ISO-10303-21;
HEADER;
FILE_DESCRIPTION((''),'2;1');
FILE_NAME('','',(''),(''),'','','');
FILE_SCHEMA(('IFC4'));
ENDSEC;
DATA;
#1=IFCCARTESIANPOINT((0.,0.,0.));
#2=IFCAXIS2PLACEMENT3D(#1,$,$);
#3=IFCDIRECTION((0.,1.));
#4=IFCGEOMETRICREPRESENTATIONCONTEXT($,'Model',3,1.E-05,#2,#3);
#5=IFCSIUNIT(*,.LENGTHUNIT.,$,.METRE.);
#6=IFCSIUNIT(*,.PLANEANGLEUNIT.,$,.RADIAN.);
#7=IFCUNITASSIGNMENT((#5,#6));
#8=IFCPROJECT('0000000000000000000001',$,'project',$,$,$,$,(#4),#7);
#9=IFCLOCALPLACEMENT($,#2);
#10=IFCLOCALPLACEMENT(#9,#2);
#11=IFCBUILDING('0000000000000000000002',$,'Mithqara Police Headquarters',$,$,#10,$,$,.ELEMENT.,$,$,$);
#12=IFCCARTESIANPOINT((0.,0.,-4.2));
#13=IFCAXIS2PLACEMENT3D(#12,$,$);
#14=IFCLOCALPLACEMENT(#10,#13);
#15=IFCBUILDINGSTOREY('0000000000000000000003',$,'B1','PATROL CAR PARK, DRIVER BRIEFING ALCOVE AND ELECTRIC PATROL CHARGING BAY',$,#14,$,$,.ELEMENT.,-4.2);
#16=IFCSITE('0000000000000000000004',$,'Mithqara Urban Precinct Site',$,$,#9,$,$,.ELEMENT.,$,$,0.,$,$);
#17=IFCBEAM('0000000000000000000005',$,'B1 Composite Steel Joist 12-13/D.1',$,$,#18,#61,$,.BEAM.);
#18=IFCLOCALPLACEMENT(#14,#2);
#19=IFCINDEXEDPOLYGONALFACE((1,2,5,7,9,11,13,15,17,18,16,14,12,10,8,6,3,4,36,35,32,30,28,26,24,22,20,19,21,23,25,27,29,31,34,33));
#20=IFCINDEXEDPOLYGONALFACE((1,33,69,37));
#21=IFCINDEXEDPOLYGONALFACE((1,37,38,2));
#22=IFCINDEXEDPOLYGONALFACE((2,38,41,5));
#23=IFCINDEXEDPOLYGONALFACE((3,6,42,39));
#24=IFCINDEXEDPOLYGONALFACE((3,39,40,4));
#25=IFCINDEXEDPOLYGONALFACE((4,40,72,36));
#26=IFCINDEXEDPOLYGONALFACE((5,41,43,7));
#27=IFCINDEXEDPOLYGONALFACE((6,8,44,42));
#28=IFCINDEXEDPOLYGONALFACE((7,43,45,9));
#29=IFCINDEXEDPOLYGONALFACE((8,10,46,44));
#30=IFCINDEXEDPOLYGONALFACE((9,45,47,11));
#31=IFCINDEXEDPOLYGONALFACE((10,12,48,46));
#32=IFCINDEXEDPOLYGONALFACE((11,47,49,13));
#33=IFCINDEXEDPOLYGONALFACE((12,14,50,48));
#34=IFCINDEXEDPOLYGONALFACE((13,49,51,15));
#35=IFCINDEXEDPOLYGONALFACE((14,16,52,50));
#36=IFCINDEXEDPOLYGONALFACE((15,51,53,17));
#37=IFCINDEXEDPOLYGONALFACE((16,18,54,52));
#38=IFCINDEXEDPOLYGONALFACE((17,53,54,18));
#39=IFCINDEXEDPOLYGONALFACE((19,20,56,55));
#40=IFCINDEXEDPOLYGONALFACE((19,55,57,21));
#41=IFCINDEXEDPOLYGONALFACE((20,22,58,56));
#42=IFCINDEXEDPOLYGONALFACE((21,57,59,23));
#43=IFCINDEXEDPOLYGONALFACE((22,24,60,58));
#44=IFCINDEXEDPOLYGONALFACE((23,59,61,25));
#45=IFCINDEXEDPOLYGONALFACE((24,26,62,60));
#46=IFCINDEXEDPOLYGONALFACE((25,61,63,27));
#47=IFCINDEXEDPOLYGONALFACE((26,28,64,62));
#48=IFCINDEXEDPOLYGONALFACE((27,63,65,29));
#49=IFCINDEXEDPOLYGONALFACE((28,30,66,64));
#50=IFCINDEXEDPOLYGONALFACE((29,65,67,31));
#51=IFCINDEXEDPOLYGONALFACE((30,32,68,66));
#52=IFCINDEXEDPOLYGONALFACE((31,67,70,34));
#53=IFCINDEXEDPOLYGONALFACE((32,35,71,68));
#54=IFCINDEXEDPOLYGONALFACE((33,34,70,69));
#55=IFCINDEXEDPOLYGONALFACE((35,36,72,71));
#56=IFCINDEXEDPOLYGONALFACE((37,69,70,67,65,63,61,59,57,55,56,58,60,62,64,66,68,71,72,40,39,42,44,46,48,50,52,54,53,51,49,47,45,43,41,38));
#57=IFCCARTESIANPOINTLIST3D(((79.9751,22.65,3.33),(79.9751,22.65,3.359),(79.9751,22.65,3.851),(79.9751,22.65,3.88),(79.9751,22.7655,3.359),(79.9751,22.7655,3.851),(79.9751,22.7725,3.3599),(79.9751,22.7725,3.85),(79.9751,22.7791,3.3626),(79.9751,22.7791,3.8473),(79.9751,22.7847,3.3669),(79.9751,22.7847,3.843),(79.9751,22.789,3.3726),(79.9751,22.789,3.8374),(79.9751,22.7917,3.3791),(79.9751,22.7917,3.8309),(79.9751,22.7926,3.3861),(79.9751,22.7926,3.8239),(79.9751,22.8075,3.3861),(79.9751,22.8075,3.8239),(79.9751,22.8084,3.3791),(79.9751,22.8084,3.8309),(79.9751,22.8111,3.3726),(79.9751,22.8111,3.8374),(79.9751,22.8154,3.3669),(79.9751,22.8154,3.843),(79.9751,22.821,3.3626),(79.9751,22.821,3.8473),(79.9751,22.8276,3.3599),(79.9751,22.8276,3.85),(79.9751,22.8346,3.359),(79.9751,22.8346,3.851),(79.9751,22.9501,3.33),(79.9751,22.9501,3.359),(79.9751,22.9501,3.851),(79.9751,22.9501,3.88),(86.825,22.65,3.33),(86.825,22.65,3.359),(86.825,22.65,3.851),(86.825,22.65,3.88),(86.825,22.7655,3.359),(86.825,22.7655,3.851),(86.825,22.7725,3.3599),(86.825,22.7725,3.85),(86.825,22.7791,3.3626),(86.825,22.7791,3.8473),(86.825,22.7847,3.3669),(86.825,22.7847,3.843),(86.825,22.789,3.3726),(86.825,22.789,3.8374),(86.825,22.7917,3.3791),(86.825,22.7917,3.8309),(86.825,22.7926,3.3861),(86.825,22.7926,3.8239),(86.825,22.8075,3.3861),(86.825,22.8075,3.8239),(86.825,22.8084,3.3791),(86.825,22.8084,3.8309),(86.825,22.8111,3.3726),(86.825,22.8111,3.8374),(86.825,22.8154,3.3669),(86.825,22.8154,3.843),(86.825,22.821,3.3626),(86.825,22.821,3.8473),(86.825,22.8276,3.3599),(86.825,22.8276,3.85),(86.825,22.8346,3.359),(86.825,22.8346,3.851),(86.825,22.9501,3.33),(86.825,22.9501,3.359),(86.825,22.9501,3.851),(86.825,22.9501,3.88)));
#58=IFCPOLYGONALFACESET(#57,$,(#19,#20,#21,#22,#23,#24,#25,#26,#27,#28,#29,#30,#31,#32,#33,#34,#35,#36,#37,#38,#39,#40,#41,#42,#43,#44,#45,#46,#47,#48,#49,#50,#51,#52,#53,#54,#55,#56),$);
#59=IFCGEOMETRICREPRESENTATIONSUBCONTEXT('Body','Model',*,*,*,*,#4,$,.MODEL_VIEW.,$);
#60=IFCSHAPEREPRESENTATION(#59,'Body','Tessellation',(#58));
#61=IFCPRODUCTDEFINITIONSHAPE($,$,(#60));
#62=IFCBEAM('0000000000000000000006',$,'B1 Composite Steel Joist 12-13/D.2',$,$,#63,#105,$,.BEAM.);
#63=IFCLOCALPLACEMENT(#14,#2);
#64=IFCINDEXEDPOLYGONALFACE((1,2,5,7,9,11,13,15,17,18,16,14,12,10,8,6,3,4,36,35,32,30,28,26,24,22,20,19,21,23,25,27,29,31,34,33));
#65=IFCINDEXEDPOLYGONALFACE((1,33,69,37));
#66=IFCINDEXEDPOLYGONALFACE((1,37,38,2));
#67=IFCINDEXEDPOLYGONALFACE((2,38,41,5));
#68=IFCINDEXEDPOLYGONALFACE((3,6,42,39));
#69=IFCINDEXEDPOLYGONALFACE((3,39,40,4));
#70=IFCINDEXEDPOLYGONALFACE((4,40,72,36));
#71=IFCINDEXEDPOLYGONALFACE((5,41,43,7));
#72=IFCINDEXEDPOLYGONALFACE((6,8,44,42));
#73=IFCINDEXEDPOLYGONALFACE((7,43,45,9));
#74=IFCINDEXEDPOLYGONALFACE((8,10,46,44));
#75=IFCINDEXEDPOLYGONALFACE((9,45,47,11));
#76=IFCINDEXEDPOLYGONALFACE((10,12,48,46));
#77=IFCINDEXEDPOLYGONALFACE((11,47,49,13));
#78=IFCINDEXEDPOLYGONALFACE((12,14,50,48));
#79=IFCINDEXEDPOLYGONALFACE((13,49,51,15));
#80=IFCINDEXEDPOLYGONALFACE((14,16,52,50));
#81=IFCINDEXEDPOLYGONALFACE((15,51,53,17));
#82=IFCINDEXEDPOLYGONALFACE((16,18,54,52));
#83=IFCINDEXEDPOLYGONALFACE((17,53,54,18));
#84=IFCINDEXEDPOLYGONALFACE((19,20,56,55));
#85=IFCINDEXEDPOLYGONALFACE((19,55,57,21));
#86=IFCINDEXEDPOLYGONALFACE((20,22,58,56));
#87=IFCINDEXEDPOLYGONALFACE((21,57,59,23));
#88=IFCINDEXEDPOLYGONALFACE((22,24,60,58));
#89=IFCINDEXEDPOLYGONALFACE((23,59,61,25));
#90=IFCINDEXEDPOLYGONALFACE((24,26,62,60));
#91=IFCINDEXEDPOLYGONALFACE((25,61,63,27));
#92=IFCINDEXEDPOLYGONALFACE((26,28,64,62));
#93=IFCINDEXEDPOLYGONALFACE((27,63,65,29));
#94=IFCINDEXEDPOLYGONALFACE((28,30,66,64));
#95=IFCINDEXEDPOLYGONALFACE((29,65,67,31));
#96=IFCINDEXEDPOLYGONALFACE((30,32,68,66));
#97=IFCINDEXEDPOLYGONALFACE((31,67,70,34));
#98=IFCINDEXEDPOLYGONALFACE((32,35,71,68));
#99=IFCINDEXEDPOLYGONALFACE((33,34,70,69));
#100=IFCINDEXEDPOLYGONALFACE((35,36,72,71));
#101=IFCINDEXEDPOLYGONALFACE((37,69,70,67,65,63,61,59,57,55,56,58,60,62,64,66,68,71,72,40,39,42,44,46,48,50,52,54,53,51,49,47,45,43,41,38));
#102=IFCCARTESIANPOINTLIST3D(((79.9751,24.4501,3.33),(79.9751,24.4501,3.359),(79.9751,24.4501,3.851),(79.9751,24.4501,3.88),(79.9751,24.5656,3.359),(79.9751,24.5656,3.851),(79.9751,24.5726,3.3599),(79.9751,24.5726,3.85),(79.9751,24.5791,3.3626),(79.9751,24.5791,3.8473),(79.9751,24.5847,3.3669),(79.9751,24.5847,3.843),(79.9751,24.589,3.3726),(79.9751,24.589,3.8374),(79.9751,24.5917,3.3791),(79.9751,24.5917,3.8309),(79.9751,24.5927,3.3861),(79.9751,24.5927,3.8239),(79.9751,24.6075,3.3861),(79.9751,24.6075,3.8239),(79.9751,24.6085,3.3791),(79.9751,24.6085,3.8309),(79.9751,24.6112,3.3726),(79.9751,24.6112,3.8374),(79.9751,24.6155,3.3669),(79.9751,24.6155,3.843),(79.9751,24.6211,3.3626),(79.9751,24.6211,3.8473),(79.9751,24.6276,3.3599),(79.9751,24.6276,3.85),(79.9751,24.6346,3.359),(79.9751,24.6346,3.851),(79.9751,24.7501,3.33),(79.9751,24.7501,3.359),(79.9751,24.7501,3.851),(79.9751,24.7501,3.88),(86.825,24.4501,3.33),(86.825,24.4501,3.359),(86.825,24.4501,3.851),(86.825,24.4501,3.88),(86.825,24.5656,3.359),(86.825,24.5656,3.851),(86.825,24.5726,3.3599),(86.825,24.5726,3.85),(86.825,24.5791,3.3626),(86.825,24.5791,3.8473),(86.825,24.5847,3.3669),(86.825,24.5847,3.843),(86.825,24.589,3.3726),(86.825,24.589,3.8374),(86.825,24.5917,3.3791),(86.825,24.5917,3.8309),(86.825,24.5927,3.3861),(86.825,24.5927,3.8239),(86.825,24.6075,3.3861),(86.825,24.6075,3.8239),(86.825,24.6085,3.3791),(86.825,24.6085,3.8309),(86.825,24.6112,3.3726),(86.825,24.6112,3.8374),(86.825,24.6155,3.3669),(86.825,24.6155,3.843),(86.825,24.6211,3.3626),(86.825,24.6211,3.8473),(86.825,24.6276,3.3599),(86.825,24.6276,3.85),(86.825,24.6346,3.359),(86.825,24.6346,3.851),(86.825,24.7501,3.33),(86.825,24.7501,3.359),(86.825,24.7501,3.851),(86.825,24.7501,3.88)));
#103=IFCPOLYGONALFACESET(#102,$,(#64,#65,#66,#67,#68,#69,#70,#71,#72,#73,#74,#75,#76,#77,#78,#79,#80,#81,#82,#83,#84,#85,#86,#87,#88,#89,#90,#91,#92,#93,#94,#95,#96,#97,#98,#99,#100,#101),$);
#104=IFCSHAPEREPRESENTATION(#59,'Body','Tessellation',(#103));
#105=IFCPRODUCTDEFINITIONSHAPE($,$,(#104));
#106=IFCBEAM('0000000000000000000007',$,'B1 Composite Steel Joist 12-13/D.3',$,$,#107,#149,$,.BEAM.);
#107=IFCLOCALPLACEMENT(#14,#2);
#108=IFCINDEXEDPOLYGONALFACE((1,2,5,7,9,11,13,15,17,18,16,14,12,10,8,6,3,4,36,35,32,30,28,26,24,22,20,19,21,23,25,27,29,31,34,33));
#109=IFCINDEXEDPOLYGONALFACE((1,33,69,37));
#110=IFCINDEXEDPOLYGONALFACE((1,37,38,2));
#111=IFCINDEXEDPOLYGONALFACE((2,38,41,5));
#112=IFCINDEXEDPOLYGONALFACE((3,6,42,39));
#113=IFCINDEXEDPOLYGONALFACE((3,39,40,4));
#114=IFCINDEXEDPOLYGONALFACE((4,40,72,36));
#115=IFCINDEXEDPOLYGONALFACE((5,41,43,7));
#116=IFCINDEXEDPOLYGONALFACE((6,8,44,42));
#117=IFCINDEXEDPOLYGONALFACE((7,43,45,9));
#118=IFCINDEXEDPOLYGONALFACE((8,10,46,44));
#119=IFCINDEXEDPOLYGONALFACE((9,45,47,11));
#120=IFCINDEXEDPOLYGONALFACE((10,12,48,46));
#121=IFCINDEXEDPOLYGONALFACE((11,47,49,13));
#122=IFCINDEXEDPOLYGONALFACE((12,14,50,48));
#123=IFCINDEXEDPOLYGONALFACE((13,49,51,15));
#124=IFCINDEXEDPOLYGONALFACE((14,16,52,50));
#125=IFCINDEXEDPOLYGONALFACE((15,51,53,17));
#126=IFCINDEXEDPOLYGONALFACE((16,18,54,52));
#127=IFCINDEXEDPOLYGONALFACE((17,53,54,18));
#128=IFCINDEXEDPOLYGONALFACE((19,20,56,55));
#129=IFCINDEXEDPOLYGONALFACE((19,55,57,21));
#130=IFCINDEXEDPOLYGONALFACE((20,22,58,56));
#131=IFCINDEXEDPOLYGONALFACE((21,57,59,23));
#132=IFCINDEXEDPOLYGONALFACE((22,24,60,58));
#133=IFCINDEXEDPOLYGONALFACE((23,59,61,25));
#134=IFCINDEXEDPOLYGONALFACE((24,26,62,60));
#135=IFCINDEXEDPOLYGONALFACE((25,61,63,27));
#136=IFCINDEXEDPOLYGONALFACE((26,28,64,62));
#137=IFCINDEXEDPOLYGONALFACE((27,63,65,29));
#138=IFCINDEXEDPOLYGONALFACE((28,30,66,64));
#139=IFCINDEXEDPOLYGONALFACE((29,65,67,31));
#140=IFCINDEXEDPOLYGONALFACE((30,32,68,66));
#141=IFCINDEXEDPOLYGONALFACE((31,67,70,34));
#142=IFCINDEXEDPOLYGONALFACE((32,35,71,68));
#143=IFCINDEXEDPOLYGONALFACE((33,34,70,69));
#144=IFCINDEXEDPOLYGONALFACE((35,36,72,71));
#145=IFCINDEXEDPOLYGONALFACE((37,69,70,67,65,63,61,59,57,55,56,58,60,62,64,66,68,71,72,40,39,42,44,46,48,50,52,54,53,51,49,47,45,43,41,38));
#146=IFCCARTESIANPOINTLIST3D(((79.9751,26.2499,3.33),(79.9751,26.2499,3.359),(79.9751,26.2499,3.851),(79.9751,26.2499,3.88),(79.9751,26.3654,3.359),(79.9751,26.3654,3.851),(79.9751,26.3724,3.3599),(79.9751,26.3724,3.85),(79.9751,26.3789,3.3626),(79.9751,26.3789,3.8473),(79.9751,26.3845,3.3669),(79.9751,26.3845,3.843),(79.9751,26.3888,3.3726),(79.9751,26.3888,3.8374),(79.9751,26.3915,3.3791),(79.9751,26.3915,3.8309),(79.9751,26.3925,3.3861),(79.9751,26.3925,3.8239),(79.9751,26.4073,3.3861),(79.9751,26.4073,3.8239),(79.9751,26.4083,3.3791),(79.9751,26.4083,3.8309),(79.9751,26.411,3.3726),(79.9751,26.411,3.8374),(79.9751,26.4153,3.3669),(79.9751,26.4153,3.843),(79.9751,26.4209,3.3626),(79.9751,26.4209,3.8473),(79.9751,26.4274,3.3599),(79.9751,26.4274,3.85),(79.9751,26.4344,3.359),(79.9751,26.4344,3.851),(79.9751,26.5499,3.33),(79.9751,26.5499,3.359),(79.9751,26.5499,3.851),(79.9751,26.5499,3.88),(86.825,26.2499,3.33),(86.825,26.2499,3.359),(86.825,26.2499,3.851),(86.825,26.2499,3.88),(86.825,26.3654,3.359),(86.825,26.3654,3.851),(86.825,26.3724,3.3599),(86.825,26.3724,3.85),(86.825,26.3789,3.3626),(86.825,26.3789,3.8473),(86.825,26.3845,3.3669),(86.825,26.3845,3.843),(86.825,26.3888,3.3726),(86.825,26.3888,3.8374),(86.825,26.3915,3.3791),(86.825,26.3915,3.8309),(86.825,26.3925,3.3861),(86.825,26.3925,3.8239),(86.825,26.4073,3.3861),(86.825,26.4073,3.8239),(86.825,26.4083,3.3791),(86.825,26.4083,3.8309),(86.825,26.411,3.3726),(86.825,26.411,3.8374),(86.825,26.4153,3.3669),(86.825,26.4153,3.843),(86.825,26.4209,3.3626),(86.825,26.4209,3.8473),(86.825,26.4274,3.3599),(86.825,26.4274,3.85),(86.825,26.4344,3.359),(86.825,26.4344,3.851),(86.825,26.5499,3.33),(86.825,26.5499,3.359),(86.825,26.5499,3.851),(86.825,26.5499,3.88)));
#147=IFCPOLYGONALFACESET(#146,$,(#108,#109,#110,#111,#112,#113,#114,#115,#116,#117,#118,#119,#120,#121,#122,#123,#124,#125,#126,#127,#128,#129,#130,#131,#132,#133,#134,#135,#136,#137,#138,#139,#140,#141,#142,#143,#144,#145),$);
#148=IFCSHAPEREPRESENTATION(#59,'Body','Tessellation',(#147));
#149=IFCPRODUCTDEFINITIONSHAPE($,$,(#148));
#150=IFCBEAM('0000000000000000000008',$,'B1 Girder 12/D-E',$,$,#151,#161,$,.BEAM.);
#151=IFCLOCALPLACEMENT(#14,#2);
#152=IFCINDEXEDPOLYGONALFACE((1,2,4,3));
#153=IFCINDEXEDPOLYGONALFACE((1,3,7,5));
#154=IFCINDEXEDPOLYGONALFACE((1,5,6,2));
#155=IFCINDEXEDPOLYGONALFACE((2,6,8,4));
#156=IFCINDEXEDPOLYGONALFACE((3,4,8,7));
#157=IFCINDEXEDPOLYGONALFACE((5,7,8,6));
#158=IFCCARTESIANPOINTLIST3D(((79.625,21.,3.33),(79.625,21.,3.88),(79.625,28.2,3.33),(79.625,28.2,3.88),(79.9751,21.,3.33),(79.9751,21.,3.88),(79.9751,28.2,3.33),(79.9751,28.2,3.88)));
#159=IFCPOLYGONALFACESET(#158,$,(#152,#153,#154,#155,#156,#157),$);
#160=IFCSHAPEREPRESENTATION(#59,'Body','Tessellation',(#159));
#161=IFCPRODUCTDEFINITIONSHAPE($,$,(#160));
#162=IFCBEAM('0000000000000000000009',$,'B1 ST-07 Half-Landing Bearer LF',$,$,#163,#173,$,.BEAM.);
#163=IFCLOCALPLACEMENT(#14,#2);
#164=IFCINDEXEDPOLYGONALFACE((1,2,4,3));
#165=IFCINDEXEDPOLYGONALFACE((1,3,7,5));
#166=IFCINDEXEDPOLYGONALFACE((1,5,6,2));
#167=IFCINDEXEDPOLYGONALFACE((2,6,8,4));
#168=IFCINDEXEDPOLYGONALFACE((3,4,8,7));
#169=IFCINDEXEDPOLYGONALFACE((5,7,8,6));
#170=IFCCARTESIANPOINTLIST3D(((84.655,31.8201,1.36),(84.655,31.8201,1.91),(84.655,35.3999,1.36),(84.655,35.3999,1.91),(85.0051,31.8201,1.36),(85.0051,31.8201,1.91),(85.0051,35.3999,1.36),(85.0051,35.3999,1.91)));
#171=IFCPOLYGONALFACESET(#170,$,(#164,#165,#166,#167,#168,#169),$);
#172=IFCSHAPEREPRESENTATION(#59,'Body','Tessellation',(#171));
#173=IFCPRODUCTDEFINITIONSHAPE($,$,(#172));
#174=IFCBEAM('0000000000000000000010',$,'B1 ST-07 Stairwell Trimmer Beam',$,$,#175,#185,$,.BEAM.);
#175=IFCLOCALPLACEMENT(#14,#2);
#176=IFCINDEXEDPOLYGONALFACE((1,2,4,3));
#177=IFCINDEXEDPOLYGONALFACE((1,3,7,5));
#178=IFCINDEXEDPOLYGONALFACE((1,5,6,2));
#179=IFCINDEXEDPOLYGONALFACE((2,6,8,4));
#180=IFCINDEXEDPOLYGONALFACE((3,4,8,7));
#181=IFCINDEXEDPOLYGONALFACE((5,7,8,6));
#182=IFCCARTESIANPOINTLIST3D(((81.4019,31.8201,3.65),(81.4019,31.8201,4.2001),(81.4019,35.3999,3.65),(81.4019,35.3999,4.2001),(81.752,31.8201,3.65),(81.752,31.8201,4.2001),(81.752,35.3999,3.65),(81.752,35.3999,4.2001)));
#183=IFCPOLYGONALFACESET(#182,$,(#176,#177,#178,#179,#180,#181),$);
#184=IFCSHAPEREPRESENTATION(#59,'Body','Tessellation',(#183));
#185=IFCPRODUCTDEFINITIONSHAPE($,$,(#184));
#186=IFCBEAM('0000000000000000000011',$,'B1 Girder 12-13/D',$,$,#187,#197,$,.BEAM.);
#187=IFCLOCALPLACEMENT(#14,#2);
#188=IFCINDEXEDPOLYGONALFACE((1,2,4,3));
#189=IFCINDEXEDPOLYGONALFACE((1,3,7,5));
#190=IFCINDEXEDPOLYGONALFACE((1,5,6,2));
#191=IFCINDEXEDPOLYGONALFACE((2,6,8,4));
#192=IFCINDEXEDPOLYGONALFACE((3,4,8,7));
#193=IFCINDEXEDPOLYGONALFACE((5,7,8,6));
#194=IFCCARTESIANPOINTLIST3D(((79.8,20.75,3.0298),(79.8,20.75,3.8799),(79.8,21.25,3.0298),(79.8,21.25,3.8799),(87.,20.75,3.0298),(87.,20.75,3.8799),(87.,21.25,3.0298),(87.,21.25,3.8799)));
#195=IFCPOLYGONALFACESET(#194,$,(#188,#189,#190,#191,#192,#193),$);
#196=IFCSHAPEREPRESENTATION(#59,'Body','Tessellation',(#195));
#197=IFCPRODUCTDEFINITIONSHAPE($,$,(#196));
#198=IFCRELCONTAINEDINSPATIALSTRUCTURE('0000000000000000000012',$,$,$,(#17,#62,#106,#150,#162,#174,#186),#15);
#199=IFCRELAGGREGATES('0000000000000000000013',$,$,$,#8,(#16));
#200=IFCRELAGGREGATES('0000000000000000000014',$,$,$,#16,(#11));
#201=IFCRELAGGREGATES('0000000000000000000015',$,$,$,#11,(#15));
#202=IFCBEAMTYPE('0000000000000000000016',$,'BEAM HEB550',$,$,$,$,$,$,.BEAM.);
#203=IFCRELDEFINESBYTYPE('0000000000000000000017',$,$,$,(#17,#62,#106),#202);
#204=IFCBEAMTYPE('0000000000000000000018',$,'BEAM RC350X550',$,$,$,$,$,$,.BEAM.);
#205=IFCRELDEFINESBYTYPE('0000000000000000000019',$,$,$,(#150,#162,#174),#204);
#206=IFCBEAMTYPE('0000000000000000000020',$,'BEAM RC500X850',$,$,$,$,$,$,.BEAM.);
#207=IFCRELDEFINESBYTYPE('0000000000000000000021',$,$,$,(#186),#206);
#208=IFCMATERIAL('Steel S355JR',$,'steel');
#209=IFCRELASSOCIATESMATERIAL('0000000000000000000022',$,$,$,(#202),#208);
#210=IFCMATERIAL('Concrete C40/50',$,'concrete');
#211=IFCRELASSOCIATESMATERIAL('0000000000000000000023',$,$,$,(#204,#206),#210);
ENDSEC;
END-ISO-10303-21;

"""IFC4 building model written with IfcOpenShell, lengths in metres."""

from ifc_helpers import new_model, si_unit, direction, frame, origin, origin_2d, place, context, subcontext, project, spatial, rectangle, i_section, extrude, material, material_profile, profile_set, type_object, element, save


model = new_model("IFC4")

# Units and contexts
model_context = context("Model", 3, precision=1e-05, world=origin(), true_north=direction((0.0, 1.0)))
body_context = subcontext(model_context, "Body", "Model", "MODEL_VIEW")
ifc_project = project(units=[si_unit("LENGTHUNIT", "METRE"), si_unit("PLANEANGLEUNIT", "RADIAN")], contexts=[model_context])

# Site, building, storey
site_placement = place(None, origin())
site = spatial("IfcSite", under=ifc_project, at=site_placement, Name="Mithqara Urban Precinct Site", CompositionType="ELEMENT", RefElevation=0.0)
building_placement = place(site_placement, origin())
building = spatial("IfcBuilding", under=site, at=building_placement, Name="Mithqara Police Headquarters", CompositionType="ELEMENT")
storey_placement = place(building_placement, frame((0.0, 0.0, -4.2)))
storey = spatial("IfcBuildingStorey", under=building, at=storey_placement, Name="B1", Description="PATROL CAR PARK, DRIVER BRIEFING ALCOVE AND ELECTRIC PATROL CHARGING BAY", CompositionType="ELEMENT", Elevation=-4.2)

# Shared definitions
ifc_material_1 = material(Name="Concrete C40/50", Category="concrete")

# Beams
ifc_material_2 = material(Name="Steel S355JR", Category="steel")
ifc_material_profile_1 = material_profile(ifc_material_2, i_section(OverallWidth=0.3, OverallDepth=0.55, WebThickness=0.0149, FlangeThickness=0.0291, FilletRadius=0.0271, at=origin_2d()), Name="HEB 550")
ifc_profile_set_1 = profile_set([ifc_material_profile_1], Name="Steel S355JR")
beam_type_1 = type_object("IfcBeamType", Name="BEAM HEB550", PredefinedType="BEAM", material=ifc_profile_set_1)
for number, where, z_axis, x_axis, name in (
    (1, (79.9751, 22.8, 3.605), (1.0, 0.0, 0.0), (0.0, 1.0, 0.0), "B1 Composite Steel Joist 12-13/D.1"),
    (2, (79.9751, 24.6001, 3.605), (1.0, 0.0, 0.0), (0.0, 1.0, 0.0), "B1 Composite Steel Joist 12-13/D.2"),
    (3, (79.9751, 26.3999, 3.605), (1.0, 0.0, 0.0), (0.0, 1.0, 0.0), "B1 Composite Steel Joist 12-13/D.3"),
):
    element("IfcBeam", number, at=place(storey_placement, frame(where, z_axis=z_axis, x_axis=x_axis)), inside=storey, type_object=beam_type_1, Name=name, PredefinedType="BEAM", context=body_context, shape_type="SweptSolid", body=[
        extrude(i_section(OverallWidth=0.3, OverallDepth=0.55, WebThickness=0.0149, FlangeThickness=0.0291, FilletRadius=0.0271, at=origin_2d()), origin(), (0.0, 0.0, 1.0), 6.8499),
    ])
ifc_material_profile_2 = material_profile(ifc_material_1, rectangle(XDim=0.3501, YDim=0.55, at=origin_2d()), Name="RC 350x550")
ifc_profile_set_2 = profile_set([ifc_material_profile_2], Name="Concrete C40/50")
beam_type_2 = type_object("IfcBeamType", Name="BEAM RC350X550", PredefinedType="BEAM", material=ifc_profile_set_2)
beam_1_placement = place(storey_placement, frame((79.8, 21.0, 3.605), z_axis=(0.0, 1.0, 0.0), x_axis=(-1.0, 0.0, 0.0)))
element("IfcBeam", 4, at=beam_1_placement, inside=storey, type_object=beam_type_2, Name="B1 Girder 12/D-E", PredefinedType="BEAM", context=body_context, shape_type="SweptSolid", body=[
    extrude(rectangle(XDim=0.3501, YDim=0.55, at=origin_2d()), origin(), (0.0, 0.0, 1.0), 7.2),
])
for number, where, z_axis, x_axis, name in (
    (5, (84.8301, 31.8201, 1.635), (0.0, 1.0, 0.0), (-1.0, 0.0, 0.0), "B1 ST-07 Half-Landing Bearer LF"),
    (6, (81.5769, 31.8201, 3.925), (0.0, 1.0, 0.0), (-1.0, 0.0, 0.0), "B1 ST-07 Stairwell Trimmer Beam"),
):
    element("IfcBeam", number, at=place(storey_placement, frame(where, z_axis=z_axis, x_axis=x_axis)), inside=storey, type_object=beam_type_2, Name=name, PredefinedType="BEAM", context=body_context, shape_type="SweptSolid", body=[
        extrude(rectangle(XDim=0.3501, YDim=0.55, at=origin_2d()), origin(), (0.0, 0.0, 1.0), 3.5798),
    ])
ifc_material_profile_3 = material_profile(ifc_material_1, rectangle(XDim=0.5, YDim=0.8501, at=origin_2d()), Name="RC 500x850")
ifc_profile_set_3 = profile_set([ifc_material_profile_3], Name="Concrete C40/50")
beam_type_3 = type_object("IfcBeamType", Name="BEAM RC500X850", PredefinedType="BEAM", material=ifc_profile_set_3)
beam_2_placement = place(storey_placement, frame((79.8, 21.0, 3.4548), z_axis=(1.0, 0.0, 0.0), x_axis=(0.0, 1.0, 0.0)))
element("IfcBeam", 7, at=beam_2_placement, inside=storey, type_object=beam_type_3, Name="B1 Girder 12-13/D", PredefinedType="BEAM", context=body_context, shape_type="SweptSolid", body=[
    extrude(rectangle(XDim=0.5, YDim=0.8501, at=origin_2d()), origin(), (0.0, 0.0, 1.0), 7.2),
])

save(model, "model.ifc")
